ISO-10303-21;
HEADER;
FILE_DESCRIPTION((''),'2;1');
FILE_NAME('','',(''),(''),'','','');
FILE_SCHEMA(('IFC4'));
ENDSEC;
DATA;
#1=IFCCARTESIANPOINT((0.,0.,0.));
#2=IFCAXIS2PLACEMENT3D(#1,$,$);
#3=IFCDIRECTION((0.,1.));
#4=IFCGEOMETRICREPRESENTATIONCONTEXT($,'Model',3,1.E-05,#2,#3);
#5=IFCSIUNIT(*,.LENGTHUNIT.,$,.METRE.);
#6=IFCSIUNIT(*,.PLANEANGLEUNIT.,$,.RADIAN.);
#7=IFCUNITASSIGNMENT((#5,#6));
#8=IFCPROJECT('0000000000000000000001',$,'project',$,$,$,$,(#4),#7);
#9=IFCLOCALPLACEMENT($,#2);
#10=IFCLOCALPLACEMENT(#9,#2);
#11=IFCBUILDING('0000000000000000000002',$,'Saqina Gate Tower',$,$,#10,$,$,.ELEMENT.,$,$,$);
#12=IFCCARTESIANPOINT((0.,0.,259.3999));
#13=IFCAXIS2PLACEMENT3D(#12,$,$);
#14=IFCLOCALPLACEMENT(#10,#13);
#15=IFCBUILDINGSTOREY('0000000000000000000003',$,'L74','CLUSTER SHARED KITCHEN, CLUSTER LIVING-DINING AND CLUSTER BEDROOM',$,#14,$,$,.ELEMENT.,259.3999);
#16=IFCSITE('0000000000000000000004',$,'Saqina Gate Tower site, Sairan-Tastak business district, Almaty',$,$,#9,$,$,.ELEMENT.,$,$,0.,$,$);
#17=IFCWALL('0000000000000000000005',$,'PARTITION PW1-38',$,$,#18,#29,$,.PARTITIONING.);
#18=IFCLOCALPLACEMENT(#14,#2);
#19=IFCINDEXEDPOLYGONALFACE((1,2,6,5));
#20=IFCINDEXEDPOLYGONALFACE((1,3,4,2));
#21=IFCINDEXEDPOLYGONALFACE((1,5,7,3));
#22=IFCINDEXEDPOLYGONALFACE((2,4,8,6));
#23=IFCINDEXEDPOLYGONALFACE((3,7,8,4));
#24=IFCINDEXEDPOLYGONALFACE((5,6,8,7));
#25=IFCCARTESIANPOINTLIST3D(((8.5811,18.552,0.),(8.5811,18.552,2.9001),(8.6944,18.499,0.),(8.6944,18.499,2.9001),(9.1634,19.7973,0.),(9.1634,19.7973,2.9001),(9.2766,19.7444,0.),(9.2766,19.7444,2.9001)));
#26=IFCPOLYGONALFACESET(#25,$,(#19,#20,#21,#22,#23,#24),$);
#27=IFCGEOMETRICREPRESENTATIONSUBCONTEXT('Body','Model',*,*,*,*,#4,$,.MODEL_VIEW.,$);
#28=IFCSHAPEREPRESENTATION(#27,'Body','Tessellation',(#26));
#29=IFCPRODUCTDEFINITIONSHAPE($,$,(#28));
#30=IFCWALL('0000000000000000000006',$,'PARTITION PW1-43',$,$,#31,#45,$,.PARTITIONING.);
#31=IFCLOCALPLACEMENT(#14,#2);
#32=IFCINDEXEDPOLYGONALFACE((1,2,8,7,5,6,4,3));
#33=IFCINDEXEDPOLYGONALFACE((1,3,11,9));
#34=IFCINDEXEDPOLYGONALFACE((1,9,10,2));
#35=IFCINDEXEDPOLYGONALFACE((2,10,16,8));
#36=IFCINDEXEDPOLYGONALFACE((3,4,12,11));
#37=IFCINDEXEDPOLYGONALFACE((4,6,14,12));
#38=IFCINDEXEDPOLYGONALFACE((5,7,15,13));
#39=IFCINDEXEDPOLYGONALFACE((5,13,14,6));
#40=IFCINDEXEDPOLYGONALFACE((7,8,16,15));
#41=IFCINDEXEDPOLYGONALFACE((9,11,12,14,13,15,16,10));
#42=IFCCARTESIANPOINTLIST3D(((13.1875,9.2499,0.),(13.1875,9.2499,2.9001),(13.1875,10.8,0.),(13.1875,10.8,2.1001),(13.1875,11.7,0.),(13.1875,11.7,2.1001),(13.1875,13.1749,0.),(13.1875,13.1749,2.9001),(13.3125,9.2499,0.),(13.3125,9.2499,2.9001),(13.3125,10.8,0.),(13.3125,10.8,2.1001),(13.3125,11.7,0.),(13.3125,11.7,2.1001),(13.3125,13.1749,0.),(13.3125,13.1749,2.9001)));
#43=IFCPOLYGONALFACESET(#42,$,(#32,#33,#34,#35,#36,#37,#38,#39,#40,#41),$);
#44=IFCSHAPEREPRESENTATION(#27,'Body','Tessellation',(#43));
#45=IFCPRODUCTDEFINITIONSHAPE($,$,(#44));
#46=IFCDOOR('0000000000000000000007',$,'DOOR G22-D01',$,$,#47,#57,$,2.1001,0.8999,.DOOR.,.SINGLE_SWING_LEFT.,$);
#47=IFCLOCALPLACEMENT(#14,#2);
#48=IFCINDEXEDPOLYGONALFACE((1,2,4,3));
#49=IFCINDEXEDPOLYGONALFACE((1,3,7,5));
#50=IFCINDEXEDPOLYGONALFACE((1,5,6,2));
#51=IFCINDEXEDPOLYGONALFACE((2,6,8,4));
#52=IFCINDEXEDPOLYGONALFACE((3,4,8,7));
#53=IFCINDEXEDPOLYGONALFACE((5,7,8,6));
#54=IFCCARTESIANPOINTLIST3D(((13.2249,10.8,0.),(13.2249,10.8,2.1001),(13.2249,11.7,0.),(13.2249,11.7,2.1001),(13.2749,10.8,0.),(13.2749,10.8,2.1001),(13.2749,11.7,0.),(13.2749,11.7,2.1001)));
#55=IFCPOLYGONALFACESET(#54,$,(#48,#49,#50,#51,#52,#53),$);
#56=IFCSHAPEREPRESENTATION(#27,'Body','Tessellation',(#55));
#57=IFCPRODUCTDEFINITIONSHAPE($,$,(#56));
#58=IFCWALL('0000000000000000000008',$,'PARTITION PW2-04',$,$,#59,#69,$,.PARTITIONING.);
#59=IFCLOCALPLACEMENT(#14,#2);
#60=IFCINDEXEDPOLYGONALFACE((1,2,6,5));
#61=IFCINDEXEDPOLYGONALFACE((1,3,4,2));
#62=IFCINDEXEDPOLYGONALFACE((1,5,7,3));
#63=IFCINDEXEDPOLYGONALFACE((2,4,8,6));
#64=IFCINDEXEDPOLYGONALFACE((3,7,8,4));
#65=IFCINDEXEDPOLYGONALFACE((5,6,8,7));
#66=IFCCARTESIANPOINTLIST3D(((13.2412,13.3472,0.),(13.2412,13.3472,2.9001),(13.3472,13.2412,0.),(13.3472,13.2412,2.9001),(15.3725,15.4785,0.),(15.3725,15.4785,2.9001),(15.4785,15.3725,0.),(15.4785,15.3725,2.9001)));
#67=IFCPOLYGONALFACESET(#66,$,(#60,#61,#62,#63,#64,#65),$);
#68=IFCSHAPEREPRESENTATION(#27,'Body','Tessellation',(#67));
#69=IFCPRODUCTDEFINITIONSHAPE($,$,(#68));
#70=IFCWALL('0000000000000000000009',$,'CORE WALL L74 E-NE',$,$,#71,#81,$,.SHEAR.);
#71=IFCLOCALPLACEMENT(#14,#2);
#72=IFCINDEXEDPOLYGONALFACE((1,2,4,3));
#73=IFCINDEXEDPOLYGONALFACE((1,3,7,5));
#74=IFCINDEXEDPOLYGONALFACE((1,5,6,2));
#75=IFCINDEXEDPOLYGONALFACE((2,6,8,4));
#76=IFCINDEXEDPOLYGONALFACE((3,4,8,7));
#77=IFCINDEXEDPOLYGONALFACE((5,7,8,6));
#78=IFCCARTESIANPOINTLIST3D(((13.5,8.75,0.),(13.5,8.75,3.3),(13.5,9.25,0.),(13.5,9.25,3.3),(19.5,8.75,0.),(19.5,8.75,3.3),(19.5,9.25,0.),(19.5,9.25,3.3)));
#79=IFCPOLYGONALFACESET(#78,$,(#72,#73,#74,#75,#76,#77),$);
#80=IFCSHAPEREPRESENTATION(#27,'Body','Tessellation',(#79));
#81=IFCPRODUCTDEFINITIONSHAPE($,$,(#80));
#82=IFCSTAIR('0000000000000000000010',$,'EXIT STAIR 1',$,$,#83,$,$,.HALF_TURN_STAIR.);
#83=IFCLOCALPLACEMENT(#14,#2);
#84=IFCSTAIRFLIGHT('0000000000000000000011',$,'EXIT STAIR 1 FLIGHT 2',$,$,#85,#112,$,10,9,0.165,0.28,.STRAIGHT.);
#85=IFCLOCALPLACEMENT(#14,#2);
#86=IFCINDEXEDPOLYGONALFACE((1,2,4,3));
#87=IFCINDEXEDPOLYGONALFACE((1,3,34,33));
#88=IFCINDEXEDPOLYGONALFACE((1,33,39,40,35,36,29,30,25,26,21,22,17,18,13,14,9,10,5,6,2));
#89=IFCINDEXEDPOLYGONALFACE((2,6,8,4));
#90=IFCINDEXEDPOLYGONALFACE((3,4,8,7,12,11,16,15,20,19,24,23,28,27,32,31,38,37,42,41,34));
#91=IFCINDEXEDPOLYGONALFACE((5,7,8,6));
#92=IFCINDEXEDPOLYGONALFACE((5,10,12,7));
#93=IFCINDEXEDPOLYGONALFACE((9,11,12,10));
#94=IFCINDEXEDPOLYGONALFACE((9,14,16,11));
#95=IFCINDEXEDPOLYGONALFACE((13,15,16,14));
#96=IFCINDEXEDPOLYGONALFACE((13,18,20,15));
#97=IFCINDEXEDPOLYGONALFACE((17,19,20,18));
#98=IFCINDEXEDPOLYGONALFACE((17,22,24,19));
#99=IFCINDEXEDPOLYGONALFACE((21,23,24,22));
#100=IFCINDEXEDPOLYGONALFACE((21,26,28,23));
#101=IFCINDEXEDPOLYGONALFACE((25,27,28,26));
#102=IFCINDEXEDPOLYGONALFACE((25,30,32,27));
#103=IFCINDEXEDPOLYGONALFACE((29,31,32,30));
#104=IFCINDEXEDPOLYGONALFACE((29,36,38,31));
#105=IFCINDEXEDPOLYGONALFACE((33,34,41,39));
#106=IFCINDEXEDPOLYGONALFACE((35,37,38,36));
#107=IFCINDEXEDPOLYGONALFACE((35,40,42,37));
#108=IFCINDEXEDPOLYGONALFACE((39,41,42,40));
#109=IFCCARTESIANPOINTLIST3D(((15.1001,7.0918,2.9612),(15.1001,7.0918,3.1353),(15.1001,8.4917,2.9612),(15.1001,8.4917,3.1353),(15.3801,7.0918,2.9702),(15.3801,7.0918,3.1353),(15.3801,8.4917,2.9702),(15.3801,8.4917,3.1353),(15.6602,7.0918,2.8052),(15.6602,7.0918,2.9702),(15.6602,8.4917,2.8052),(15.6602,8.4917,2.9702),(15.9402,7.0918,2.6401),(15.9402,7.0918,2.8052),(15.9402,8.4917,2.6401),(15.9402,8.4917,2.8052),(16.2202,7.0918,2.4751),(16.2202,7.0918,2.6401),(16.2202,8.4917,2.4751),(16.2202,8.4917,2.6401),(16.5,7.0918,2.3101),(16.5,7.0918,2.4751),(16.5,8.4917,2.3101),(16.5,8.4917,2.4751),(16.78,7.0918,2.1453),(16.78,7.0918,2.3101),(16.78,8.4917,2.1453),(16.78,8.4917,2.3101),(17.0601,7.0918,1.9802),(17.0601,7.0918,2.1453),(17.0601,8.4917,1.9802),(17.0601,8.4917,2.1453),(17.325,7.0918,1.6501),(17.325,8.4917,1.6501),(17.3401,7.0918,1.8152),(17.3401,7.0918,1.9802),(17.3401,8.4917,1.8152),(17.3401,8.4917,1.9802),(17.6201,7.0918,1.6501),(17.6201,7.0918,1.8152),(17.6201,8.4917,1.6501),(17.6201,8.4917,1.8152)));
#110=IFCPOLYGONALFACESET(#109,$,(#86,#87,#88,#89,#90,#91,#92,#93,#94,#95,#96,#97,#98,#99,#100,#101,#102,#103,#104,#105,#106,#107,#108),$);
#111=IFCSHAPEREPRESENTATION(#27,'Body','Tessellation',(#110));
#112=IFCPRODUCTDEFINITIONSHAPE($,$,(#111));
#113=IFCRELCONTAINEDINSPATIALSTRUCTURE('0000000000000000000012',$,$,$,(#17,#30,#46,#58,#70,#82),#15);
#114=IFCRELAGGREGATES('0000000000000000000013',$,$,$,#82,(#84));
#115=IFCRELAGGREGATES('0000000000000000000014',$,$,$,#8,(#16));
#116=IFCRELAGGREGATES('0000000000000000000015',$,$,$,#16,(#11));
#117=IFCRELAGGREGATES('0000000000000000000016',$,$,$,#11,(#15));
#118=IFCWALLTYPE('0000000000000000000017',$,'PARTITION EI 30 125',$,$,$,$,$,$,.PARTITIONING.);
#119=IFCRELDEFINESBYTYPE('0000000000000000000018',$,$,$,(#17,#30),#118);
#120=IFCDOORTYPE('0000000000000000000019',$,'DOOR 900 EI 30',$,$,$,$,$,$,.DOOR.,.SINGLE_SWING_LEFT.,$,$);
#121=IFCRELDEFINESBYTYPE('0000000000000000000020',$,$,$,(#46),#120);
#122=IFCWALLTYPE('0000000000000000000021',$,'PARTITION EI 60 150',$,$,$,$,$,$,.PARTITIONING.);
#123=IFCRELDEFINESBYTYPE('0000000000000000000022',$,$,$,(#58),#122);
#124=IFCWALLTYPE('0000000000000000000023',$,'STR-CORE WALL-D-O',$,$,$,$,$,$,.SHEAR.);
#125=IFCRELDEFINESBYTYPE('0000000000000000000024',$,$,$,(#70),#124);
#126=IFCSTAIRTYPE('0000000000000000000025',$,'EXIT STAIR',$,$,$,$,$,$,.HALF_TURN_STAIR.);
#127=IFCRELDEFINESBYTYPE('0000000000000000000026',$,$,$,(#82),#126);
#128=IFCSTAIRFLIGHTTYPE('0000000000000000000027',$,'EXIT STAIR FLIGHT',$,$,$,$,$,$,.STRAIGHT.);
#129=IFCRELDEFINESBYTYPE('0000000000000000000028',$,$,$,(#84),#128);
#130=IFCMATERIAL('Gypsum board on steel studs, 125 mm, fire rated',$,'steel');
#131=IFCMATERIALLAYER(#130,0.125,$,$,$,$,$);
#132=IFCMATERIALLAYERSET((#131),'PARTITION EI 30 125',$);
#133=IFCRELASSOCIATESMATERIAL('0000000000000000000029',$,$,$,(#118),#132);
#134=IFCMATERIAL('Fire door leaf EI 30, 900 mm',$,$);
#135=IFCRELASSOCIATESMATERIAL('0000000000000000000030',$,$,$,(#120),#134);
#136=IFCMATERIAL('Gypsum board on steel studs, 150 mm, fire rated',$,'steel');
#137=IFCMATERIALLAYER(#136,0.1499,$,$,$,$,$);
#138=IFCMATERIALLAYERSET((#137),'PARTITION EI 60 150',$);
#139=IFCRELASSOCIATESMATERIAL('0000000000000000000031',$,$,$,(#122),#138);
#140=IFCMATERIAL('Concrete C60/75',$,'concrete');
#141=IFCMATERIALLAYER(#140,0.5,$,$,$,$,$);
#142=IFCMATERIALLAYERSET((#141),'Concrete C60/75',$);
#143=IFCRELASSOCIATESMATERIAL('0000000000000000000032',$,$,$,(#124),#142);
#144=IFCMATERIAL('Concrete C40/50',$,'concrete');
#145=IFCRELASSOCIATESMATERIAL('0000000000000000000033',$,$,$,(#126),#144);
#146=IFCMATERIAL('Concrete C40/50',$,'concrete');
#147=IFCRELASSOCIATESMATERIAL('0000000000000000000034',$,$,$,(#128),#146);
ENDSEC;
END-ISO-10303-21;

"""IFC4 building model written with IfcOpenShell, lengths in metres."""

from ifc_helpers import new_model, si_unit, direction, frame, frame_2d, origin, place, context, subcontext, project, spatial, polyline, rectangle, outline, extrude, material, layer, layer_set, type_object, element, fill, aggregate, save


model = new_model("IFC4")

# Units and contexts
model_context = context("Model", 3, precision=1e-05, world=origin(), true_north=direction((0.0, 1.0)))
body_context = subcontext(model_context, "Body", "Model", "MODEL_VIEW")
ifc_project = project(units=[si_unit("LENGTHUNIT", "METRE"), si_unit("PLANEANGLEUNIT", "RADIAN")], contexts=[model_context])

# Site, building, storey
site_placement = place(None, origin())
site = spatial("IfcSite", under=ifc_project, at=site_placement, Name="Saqina Gate Tower site, Sairan-Tastak business district, Almaty", CompositionType="ELEMENT", RefElevation=0.0)
building_placement = place(site_placement, origin())
building = spatial("IfcBuilding", under=site, at=building_placement, Name="Saqina Gate Tower", CompositionType="ELEMENT")
storey_placement = place(building_placement, frame((0.0, 0.0, 259.3999)))
storey = spatial("IfcBuildingStorey", under=building, at=storey_placement, Name="L74", Description="CLUSTER SHARED KITCHEN, CLUSTER LIVING-DINING AND CLUSTER BEDROOM", CompositionType="ELEMENT", Elevation=259.3999)

# Shared definitions
ifc_material_1 = material(Name="Gypsum board on steel studs, 125 mm, fire rated", Category="steel")
ifc_layer_1 = layer(ifc_material_1, 0.125)
ifc_layer_set_1 = layer_set([ifc_layer_1], Name="PARTITION EI 30 125")
wall_type_1 = type_object("IfcWallType", Name="PARTITION EI 30 125", PredefinedType="PARTITIONING", material=ifc_layer_set_1)

# Shared definitions
ifc_material_2 = material(Name="Fire door leaf EI 30, 900 mm")
door_type_1 = type_object("IfcDoorType", Name="DOOR 900 EI 30", OperationType="SINGLE_SWING_LEFT", PredefinedType="DOOR", material=ifc_material_2)

# Wall
wall_1_placement = place(storey_placement, frame((8.6377, 18.5254, 0.0), z_axis=(0.0, 0.0, 1.0), x_axis=(0.423546, 0.905874, 0.0)))
element("IfcWall", 1, at=wall_1_placement, inside=storey, type_object=wall_type_1, Name="PARTITION PW1-38", PredefinedType="PARTITIONING", context=body_context, shape_type="SweptSolid", body=[
    extrude(rectangle(XDim=1.3748, YDim=0.125, at=frame_2d((0.6875, 0.0))), origin(), (0.0, 0.0, 1.0), 2.9001),
])

# Wall, opening, door
wall_2_placement = place(storey_placement, frame((13.25, 9.25, 0.0), z_axis=(0.0, 0.0, 1.0), x_axis=(0.0, 1.0, 0.0)))
wall_2 = element("IfcWall", 2, at=wall_2_placement, inside=storey, type_object=wall_type_1, Name="PARTITION PW1-43", PredefinedType="PARTITIONING", context=body_context, shape_type="SweptSolid", body=[
    extrude(rectangle(XDim=3.925, YDim=0.125, at=frame_2d((1.9624, 0.0))), origin(), (0.0, 0.0, 1.0), 2.9001),
])
opening_1_placement = place(wall_2_placement, frame((1.55, 0.0, 0.0)))
opening_1 = element("IfcOpeningElement", 3, at=opening_1_placement, cuts=wall_2, PredefinedType="OPENING", context=body_context, shape_type="SweptSolid", body=[
    extrude(rectangle(XDim=0.8999, YDim=2.1001, at=frame_2d((0.45, 1.05))), frame((0.0, 0.0745, 0.0), z_axis=(0.0, -1.0, 0.0), x_axis=(1.0, 0.0, 0.0)), (0.0, 0.0, 1.0), 0.1489),
])
door_1_placement = place(opening_1_placement, frame((0.8999, 0.0, 0.0), z_axis=(0.0, 0.0, 1.0), x_axis=(-1.0, 0.0, 0.0)))
door_1 = element("IfcDoor", 4, at=door_1_placement, inside=storey, type_object=door_type_1, Name="DOOR G22-D01", OperationType="SINGLE_SWING_LEFT", OverallHeight=2.1001, OverallWidth=0.8999, PredefinedType="DOOR", context=body_context, shape_type="SweptSolid", body=[
    extrude(rectangle(XDim=0.8999, YDim=2.1001, at=frame_2d((0.45, 1.05))), frame((0.0, 0.0249, 0.0), z_axis=(0.0, -1.0, 0.0), x_axis=(1.0, 0.0, 0.0)), (0.0, 0.0, 1.0), 0.05),
])
fill(opening_1, door_1)

# Walls
ifc_material_3 = material(Name="Gypsum board on steel studs, 150 mm, fire rated", Category="steel")
ifc_layer_2 = layer(ifc_material_3, 0.1499)
ifc_layer_set_2 = layer_set([ifc_layer_2], Name="PARTITION EI 60 150")
wall_type_2 = type_object("IfcWallType", Name="PARTITION EI 60 150", PredefinedType="PARTITIONING", material=ifc_layer_set_2)
wall_3_placement = place(storey_placement, frame((13.2942, 13.2942, 0.0), z_axis=(0.0, 0.0, 1.0), x_axis=(0.707107, 0.707107, 0.0)))
element("IfcWall", 5, at=wall_3_placement, inside=storey, type_object=wall_type_2, Name="PARTITION PW2-04", PredefinedType="PARTITIONING", context=body_context, shape_type="SweptSolid", body=[
    extrude(rectangle(XDim=3.0142, YDim=0.1499, at=frame_2d((1.5071, 0.0))), origin(), (0.0, 0.0, 1.0), 2.9001),
])
ifc_material_4 = material(Name="Concrete C60/75", Category="concrete")
ifc_layer_3 = layer(ifc_material_4, 0.5)
ifc_layer_set_3 = layer_set([ifc_layer_3], Name="Concrete C60/75")
wall_type_3 = type_object("IfcWallType", Name="STR-CORE WALL-D-O", PredefinedType="SHEAR", material=ifc_layer_set_3)
wall_4_placement = place(storey_placement, frame((13.5, 9.0, 0.0), z_axis=(0.0, 0.0, 1.0), x_axis=(1.0, 0.0, 0.0)))
element("IfcWall", 6, at=wall_4_placement, inside=storey, type_object=wall_type_3, Name="CORE WALL L74 E-NE", PredefinedType="SHEAR", context=body_context, shape_type="SweptSolid", body=[
    extrude(rectangle(XDim=6.0, YDim=0.5, at=frame_2d((3.0, 0.0))), origin(), (0.0, 0.0, 1.0), 3.3),
])

# Stair, stair flight
ifc_material_5 = material(Name="Concrete C40/50", Category="concrete")
stair_type = type_object("IfcStairType", Name="EXIT STAIR", PredefinedType="HALF_TURN_STAIR", material=ifc_material_5)
stair_placement = place(storey_placement, origin())
stair = element("IfcStair", 7, at=stair_placement, inside=storey, type_object=stair_type, Name="EXIT STAIR 1", PredefinedType="HALF_TURN_STAIR")
ifc_material_6 = material(Name="Concrete C40/50", Category="concrete")
stair_flight_type = type_object("IfcStairFlightType", Name="EXIT STAIR FLIGHT", PredefinedType="STRAIGHT", material=ifc_material_6)
stair_flight_placement = place(storey_placement, frame((17.6201, 7.7917, 1.6501), z_axis=(0.0, 0.0, 1.0), x_axis=(-1.0, 0.0, 0.0)))
stair_flight = element("IfcStairFlight", 8, at=stair_flight_placement, type_object=stair_flight_type, Name="EXIT STAIR 1 FLIGHT 2", NumberOfRisers=10, NumberOfTreads=9, PredefinedType="STRAIGHT", RiserHeight=0.165, TreadLength=0.28, context=body_context, shape_type="SweptSolid", body=[
    extrude(outline(polyline([(0.0, 0.0), (0.0, 0.165), (0.28, 0.165), (0.28, 0.3301), (0.5601, 0.3301), (0.5601, 0.4951), (0.8401, 0.4951), (0.8401, 0.6599), (1.1201, 0.6599), (1.1201, 0.825), (1.3999, 0.825), (1.3999, 0.99), (1.6799, 0.99), (1.6799, 1.155), (1.96, 1.155), (1.96, 1.3201), (2.24, 1.3201), (2.24, 1.4851), (2.52, 1.4851), (2.52, 1.6499), (2.52, 1.311), (0.2952, 0.0), (0.0, 0.0)])), frame((0.0, 0.7, 0.0), z_axis=(0.0, -1.0, 0.0), x_axis=(1.0, 0.0, 0.0)), (0.0, 0.0, 1.0), 1.3999),
])
aggregate(stair, [stair_flight])

save(model, "model.ifc")
